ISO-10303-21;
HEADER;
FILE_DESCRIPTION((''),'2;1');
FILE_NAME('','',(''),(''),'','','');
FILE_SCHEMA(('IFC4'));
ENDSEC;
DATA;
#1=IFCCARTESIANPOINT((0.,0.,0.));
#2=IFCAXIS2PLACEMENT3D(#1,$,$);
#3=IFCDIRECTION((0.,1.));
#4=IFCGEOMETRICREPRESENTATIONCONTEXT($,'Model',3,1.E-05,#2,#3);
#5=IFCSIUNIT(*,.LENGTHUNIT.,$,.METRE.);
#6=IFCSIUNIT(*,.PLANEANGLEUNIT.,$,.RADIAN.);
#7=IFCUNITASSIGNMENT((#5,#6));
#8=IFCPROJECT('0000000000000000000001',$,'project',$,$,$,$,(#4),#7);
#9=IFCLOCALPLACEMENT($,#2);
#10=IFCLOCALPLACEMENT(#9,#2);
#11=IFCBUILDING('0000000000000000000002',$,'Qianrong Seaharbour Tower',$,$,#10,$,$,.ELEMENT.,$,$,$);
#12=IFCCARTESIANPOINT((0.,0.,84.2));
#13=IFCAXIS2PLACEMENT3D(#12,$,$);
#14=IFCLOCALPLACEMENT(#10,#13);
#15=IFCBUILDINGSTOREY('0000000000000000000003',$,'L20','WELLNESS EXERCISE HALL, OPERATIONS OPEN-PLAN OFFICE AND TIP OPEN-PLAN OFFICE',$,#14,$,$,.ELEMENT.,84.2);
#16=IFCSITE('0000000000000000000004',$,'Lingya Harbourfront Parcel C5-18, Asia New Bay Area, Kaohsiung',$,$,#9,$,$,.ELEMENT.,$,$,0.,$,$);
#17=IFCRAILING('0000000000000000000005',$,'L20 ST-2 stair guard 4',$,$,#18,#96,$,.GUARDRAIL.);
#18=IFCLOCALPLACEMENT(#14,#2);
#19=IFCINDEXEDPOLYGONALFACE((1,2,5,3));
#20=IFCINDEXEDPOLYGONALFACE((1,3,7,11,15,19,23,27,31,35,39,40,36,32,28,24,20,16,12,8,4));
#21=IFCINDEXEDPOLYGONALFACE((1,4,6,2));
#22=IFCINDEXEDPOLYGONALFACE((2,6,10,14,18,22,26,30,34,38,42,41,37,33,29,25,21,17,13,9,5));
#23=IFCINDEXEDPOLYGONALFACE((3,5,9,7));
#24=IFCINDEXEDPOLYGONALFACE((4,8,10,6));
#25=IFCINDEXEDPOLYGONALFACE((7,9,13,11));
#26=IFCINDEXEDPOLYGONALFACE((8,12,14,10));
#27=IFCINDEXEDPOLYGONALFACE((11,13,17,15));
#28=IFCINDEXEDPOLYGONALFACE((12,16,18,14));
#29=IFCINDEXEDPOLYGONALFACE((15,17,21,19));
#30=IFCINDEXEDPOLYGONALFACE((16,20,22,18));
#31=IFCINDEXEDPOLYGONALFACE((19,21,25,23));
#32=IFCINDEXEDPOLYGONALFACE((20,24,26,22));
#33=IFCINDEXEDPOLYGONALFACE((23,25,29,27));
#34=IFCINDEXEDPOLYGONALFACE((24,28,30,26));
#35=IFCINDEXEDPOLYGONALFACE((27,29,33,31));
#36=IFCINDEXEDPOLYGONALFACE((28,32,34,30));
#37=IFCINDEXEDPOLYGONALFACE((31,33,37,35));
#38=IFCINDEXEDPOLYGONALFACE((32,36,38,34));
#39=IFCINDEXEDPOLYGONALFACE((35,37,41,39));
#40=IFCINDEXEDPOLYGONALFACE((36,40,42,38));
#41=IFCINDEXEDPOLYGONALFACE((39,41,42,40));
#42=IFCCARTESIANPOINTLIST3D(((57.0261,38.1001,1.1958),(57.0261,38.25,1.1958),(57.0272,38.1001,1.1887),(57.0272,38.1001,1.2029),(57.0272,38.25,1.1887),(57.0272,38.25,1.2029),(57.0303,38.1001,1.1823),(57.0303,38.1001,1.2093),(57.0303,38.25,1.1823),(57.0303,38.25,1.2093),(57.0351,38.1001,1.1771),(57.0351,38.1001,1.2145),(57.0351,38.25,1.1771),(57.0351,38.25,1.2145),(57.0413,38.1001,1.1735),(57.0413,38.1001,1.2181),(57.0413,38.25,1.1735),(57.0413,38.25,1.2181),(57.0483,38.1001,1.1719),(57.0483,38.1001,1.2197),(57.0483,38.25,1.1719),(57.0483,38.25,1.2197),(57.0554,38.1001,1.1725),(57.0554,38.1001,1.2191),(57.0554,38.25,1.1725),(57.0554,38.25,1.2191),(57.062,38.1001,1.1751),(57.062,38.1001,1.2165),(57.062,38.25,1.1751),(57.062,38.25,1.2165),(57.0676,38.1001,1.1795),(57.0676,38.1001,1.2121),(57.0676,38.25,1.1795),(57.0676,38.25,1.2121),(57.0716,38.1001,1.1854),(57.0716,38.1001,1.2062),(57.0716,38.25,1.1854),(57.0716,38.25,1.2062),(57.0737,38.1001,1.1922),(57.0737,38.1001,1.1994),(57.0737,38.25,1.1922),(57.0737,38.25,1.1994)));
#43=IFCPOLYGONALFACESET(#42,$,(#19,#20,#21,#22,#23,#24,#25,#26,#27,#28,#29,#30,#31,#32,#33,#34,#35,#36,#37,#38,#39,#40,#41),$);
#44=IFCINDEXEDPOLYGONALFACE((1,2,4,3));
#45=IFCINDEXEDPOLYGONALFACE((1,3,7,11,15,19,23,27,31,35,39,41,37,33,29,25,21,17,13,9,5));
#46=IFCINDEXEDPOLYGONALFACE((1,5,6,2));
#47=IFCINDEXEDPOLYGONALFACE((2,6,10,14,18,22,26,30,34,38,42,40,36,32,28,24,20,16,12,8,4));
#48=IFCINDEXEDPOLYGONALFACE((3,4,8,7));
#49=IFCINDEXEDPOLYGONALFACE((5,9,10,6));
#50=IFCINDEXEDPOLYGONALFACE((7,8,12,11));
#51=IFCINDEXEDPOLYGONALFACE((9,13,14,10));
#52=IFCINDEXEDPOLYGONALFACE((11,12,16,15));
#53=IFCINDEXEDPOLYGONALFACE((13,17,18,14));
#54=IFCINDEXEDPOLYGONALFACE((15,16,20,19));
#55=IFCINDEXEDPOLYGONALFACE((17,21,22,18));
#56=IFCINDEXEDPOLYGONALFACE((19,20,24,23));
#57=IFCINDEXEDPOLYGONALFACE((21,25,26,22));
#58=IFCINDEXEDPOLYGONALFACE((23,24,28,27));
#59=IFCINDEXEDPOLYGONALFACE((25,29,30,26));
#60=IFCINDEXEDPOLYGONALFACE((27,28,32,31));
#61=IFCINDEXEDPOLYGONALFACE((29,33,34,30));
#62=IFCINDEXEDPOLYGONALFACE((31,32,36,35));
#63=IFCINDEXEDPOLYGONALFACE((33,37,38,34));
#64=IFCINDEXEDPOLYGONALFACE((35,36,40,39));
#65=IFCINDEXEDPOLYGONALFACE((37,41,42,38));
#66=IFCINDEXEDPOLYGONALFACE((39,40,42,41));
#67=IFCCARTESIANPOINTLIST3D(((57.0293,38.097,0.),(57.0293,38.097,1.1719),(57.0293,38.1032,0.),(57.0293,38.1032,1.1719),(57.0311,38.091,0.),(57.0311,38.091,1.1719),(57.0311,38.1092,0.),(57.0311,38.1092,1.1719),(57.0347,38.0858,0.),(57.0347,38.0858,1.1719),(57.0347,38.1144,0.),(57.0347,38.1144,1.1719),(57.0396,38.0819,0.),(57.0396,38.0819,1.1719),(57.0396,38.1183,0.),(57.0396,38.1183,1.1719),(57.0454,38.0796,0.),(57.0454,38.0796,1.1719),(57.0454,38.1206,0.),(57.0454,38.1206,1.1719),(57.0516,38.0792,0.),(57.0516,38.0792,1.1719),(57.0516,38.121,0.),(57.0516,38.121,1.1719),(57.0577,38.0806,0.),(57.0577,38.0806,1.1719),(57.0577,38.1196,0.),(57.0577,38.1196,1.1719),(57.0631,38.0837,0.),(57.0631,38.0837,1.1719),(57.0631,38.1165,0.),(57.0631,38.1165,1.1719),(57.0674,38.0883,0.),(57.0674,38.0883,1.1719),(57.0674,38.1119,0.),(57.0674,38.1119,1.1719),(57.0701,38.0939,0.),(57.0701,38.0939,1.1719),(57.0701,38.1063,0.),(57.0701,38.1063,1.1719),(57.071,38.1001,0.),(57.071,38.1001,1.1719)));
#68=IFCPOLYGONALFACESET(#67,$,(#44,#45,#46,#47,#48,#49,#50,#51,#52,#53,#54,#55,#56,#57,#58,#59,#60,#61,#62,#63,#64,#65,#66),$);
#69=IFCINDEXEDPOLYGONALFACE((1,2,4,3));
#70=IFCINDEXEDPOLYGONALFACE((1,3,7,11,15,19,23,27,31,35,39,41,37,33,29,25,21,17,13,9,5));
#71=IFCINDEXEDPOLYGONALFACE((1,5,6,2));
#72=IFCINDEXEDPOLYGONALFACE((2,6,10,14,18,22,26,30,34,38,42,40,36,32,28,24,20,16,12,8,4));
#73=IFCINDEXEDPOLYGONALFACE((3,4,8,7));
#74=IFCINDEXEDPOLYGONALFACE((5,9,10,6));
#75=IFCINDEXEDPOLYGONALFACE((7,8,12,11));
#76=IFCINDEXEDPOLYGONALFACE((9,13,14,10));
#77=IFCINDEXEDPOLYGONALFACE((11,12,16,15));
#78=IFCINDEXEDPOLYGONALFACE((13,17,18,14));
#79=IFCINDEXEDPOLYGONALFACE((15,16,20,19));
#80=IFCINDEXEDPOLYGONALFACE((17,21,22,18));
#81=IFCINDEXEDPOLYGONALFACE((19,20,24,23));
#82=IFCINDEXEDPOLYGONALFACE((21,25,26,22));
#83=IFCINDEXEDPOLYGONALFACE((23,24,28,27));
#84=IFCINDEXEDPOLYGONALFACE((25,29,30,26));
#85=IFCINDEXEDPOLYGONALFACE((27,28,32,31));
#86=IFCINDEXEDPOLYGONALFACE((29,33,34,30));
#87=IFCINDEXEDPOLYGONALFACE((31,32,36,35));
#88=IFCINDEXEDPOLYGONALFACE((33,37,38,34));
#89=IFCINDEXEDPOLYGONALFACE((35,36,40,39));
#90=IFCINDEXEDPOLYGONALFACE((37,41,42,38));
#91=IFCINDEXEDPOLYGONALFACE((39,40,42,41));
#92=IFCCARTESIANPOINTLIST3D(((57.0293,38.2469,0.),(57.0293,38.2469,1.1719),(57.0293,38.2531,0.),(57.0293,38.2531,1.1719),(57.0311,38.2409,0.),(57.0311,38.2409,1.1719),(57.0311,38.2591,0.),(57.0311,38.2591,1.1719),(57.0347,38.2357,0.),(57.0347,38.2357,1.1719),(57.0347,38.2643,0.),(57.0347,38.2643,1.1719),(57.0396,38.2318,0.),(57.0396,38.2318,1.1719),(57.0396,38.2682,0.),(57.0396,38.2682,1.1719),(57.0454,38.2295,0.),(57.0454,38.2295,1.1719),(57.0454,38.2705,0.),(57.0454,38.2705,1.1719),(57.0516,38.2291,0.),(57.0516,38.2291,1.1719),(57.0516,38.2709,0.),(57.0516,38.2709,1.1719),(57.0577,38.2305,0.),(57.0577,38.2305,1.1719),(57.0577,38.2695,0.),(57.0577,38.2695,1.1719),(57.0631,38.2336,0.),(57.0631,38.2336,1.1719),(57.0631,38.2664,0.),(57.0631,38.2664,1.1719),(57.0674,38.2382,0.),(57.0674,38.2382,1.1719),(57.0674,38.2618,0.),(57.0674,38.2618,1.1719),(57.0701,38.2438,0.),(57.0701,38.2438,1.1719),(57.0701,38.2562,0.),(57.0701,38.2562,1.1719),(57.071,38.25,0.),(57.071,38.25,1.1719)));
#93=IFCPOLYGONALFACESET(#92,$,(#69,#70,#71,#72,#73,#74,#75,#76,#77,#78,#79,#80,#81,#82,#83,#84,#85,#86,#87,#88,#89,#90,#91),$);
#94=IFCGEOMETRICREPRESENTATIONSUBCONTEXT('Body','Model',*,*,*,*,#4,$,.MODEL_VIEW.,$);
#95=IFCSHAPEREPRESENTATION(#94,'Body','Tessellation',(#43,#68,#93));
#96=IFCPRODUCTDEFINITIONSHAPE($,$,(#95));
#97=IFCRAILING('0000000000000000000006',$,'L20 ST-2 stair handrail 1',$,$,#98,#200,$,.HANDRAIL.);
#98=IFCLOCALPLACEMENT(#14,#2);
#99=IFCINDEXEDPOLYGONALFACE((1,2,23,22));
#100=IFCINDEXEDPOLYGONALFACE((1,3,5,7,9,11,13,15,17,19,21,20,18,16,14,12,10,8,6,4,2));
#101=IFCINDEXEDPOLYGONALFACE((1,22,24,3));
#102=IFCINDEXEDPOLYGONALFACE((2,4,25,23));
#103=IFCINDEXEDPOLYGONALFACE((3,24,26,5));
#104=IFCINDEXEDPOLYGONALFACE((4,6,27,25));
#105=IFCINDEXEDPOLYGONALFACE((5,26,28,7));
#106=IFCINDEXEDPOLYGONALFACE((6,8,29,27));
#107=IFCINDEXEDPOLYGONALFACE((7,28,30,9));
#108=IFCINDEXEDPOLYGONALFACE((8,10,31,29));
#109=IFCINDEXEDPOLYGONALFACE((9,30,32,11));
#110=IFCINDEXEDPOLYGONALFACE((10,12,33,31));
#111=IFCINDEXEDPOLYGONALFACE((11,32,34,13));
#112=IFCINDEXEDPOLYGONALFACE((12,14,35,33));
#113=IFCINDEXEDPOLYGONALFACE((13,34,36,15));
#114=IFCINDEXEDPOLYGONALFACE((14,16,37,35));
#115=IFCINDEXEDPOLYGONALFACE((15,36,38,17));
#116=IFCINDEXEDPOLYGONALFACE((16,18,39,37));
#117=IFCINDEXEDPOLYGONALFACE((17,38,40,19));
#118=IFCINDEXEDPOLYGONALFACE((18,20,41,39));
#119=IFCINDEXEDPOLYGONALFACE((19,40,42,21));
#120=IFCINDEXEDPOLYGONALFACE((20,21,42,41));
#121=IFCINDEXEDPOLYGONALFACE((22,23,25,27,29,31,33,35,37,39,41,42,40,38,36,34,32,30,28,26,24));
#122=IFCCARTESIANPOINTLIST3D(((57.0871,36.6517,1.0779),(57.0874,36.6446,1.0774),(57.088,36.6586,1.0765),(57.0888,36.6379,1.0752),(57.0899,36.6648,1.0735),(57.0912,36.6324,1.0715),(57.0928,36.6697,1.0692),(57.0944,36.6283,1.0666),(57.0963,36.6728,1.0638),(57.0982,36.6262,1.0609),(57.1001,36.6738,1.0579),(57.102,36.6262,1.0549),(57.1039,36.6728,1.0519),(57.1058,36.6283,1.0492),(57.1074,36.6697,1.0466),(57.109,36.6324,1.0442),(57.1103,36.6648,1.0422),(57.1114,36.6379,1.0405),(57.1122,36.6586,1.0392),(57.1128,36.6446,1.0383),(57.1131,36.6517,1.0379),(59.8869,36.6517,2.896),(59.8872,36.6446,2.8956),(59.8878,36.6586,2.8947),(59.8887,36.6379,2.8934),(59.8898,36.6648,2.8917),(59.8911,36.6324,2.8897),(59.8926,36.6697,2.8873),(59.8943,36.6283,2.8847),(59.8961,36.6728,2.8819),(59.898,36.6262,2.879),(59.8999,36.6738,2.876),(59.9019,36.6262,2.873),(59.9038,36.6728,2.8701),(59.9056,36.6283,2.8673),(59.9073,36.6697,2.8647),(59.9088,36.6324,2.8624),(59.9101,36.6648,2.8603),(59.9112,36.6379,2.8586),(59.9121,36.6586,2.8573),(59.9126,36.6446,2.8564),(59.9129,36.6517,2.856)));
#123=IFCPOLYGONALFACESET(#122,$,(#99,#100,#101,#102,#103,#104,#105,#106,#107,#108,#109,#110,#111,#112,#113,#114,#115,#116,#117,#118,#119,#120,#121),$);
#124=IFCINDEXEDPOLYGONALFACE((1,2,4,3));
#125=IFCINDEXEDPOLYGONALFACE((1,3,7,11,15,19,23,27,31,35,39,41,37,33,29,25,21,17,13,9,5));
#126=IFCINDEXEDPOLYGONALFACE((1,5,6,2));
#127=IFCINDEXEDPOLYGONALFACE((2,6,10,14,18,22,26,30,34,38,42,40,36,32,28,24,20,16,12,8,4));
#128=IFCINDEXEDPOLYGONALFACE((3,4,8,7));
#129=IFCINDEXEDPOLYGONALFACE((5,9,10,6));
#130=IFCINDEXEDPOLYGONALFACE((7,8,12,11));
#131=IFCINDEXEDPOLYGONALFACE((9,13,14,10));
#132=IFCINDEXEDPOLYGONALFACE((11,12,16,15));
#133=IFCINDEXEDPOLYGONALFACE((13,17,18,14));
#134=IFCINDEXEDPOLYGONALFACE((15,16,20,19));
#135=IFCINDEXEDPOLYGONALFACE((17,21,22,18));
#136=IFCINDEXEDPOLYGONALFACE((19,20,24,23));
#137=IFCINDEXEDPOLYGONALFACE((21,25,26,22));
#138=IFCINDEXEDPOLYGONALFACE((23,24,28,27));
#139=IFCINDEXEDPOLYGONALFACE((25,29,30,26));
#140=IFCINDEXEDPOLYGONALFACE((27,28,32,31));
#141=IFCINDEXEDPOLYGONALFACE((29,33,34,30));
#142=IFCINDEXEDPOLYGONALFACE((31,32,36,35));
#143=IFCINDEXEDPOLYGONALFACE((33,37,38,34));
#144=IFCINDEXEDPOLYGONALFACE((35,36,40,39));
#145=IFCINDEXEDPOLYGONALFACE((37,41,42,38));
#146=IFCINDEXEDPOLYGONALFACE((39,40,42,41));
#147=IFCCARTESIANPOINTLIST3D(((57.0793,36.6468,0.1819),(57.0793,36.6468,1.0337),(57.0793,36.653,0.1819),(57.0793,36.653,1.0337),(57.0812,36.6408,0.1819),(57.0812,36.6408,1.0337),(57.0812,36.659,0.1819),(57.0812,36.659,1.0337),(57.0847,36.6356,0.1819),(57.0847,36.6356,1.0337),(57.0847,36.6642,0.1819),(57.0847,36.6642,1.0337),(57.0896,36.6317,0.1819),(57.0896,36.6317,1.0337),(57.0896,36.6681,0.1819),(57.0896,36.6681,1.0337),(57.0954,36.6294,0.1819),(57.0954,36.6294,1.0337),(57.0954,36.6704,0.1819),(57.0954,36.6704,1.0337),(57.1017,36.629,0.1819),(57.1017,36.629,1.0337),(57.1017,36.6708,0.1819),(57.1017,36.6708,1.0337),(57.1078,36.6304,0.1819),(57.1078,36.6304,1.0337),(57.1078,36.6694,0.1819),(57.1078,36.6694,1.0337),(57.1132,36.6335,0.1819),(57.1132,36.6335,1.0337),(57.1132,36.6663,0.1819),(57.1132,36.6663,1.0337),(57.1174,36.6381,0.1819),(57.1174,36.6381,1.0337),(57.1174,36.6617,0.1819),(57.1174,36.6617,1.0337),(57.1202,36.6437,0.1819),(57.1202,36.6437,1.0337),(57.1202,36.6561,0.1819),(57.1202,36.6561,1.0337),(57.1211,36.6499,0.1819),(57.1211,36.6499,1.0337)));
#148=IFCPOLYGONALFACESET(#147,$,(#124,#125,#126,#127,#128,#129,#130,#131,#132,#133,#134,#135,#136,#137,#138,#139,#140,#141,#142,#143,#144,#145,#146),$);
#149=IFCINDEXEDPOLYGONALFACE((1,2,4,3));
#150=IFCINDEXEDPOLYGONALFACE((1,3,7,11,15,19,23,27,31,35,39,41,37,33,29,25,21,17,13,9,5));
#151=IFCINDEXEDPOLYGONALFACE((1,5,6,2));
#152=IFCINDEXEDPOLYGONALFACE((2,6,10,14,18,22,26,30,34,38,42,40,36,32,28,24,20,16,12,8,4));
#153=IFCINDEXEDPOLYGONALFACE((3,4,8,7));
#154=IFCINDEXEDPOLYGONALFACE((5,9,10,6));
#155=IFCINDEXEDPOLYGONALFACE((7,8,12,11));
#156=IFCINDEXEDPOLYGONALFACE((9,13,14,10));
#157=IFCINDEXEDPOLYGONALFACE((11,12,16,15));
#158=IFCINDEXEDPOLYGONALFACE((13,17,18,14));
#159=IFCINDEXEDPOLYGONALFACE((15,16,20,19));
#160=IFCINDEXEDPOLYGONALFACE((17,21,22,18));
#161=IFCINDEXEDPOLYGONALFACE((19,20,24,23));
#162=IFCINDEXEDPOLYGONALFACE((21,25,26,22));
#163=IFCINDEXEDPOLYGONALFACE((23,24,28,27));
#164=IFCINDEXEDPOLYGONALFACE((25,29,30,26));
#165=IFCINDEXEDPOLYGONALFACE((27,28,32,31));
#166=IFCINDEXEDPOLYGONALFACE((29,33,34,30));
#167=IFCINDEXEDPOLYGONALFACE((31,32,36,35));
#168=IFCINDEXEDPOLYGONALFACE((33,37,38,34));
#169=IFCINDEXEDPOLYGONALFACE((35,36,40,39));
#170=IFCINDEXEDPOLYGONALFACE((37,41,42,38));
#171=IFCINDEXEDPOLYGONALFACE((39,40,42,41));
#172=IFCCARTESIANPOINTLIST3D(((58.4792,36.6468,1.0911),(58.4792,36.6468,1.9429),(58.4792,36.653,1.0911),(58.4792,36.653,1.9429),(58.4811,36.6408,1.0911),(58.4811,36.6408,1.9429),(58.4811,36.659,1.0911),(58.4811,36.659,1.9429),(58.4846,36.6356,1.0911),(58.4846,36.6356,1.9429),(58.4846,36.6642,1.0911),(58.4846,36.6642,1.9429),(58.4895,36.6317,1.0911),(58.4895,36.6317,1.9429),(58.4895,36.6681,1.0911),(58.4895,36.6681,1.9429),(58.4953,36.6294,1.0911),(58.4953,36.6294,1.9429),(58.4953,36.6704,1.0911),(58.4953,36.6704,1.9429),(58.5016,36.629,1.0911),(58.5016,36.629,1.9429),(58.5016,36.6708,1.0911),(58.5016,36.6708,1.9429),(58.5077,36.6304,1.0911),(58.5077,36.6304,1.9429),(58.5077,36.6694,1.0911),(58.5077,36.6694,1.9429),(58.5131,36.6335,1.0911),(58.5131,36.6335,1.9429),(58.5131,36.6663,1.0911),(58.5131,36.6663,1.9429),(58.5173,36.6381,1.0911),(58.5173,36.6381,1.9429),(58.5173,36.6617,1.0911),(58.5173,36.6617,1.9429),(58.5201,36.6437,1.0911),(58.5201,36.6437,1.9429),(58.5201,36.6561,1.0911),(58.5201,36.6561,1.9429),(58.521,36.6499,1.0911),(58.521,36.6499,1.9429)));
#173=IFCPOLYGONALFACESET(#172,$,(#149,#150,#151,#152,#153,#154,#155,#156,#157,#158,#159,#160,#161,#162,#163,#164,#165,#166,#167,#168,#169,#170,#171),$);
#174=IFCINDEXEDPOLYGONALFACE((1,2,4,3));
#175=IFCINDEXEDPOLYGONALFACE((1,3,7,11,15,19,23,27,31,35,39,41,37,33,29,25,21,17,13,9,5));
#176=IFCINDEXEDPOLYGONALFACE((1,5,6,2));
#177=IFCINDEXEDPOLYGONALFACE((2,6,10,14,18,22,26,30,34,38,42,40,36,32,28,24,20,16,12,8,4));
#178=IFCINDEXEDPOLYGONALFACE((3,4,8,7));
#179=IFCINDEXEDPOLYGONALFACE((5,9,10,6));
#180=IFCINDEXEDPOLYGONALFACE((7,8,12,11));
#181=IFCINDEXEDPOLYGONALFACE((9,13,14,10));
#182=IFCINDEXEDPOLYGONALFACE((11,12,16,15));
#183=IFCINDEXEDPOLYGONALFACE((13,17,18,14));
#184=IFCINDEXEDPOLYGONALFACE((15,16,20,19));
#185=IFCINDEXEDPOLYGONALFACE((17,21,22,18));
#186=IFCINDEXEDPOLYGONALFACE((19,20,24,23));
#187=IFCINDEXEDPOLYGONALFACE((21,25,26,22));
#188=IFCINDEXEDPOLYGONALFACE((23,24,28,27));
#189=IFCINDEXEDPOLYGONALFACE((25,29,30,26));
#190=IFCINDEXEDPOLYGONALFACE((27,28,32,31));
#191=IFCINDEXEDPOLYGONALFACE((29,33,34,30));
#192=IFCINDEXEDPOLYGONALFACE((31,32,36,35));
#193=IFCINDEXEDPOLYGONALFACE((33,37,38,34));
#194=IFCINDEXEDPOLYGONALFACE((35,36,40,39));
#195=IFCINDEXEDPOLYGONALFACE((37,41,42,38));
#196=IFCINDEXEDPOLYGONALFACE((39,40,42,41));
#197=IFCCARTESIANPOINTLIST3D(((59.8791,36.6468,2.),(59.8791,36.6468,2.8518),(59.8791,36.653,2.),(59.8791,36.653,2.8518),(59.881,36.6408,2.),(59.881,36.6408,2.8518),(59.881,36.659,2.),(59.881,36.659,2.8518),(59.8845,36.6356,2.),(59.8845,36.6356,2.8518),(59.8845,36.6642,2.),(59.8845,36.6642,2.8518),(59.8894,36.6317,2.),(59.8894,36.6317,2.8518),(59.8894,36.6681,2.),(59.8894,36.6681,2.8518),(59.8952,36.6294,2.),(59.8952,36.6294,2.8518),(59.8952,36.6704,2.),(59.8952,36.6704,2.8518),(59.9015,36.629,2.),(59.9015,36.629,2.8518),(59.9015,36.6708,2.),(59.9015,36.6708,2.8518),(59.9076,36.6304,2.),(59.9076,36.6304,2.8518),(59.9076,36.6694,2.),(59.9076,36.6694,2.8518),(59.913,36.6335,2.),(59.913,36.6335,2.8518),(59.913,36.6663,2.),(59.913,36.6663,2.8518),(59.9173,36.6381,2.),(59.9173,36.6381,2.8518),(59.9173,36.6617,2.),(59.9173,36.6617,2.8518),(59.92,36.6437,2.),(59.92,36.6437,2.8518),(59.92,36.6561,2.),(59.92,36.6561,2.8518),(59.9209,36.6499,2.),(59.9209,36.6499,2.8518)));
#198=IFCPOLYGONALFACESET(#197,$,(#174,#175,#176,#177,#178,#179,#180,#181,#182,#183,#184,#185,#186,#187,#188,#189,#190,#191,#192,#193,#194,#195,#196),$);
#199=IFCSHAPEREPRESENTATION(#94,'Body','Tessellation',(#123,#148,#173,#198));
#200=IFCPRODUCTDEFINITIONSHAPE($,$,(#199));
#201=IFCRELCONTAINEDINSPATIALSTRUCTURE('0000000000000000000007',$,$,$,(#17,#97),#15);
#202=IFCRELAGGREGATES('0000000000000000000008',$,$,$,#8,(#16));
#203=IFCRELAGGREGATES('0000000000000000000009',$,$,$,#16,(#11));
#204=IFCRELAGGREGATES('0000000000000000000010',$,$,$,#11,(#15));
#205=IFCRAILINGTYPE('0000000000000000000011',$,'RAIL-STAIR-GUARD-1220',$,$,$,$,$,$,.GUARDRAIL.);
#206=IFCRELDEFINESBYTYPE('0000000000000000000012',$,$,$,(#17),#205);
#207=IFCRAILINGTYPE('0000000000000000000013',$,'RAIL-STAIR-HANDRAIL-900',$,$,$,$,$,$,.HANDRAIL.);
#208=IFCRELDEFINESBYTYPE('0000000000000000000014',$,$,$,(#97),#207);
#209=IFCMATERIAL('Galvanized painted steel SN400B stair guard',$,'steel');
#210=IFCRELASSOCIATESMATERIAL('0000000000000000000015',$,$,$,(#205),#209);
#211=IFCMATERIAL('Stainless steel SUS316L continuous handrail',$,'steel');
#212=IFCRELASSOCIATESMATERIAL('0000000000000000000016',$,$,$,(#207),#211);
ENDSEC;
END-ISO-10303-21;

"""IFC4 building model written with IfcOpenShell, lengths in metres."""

from ifc_helpers import new_model, si_unit, direction, frame, origin, origin_2d, place, context, subcontext, project, spatial, circle, extrude, material, type_object, element, save


model = new_model("IFC4")

# Units and contexts
model_context = context("Model", 3, precision=1e-05, world=origin(), true_north=direction((0.0, 1.0)))
body_context = subcontext(model_context, "Body", "Model", "MODEL_VIEW")
ifc_project = project(units=[si_unit("LENGTHUNIT", "METRE"), si_unit("PLANEANGLEUNIT", "RADIAN")], contexts=[model_context])

# Site, building, storey
site_placement = place(None, origin())
site = spatial("IfcSite", under=ifc_project, at=site_placement, Name="Lingya Harbourfront Parcel C5-18, Asia New Bay Area, Kaohsiung", CompositionType="ELEMENT", RefElevation=0.0)
building_placement = place(site_placement, origin())
building = spatial("IfcBuilding", under=site, at=building_placement, Name="Qianrong Seaharbour Tower", CompositionType="ELEMENT")
storey_placement = place(building_placement, frame((0.0, 0.0, 84.2)))
storey = spatial("IfcBuildingStorey", under=building, at=storey_placement, Name="L20", Description="WELLNESS EXERCISE HALL, OPERATIONS OPEN-PLAN OFFICE AND TIP OPEN-PLAN OFFICE", CompositionType="ELEMENT", Elevation=84.2)

# Railings
ifc_material_1 = material(Name="Galvanized painted steel SN400B stair guard", Category="steel")
railing_type_1 = type_object("IfcRailingType", Name="RAIL-STAIR-GUARD-1220", PredefinedType="GUARDRAIL", material=ifc_material_1)
railing_1_placement = place(storey_placement, frame((57.05, 38.1001, 0.0)))
element("IfcRailing", 1, at=railing_1_placement, inside=storey, type_object=railing_type_1, Name="L20 ST-2 stair guard 4", PredefinedType="GUARDRAIL", context=body_context, shape_type="SweptSolid", body=[
    extrude(circle(Radius=0.0239, at=origin_2d()), frame((0.0, 0.0, 1.1958), z_axis=(0.0, 1.0, 0.0), x_axis=(-1.0, 0.0, 0.0)), (0.0, 0.0, 1.0), 0.1499),
    extrude(circle(Radius=0.021, at=origin_2d()), origin(), (0.0, 0.0, 1.0), 1.1719),
    extrude(circle(Radius=0.021, at=origin_2d()), frame((0.0, 0.1499, 0.0)), (0.0, 0.0, 1.0), 1.1719),
])
ifc_material_2 = material(Name="Stainless steel SUS316L continuous handrail", Category="steel")
railing_type_2 = type_object("IfcRailingType", Name="RAIL-STAIR-HANDRAIL-900", PredefinedType="HANDRAIL", material=ifc_material_2)
railing_2_placement = place(storey_placement, frame((57.1001, 36.6499, 0.1819)))
element("IfcRailing", 2, at=railing_2_placement, inside=storey, type_object=railing_type_2, Name="L20 ST-2 stair handrail 1", PredefinedType="HANDRAIL", context=body_context, shape_type="SweptSolid", body=[
    extrude(circle(Radius=0.0239, at=origin_2d()), frame((0.0, 0.0, 0.876), z_axis=(0.838684, 0.0, 0.544618), x_axis=(0.0, 1.0, 0.0)), (0.0, 0.0, 1.0), 3.3384),
    extrude(circle(Radius=0.021, at=origin_2d()), origin(), (0.0, 0.0, 1.0), 0.8518),
    extrude(circle(Radius=0.021, at=origin_2d()), frame((1.3999, 0.0, 0.9092)), (0.0, 0.0, 1.0), 0.8518),
    extrude(circle(Radius=0.021, at=origin_2d()), frame((2.7998, 0.0, 1.8181)), (0.0, 0.0, 1.0), 0.8518),
])

save(model, "model.ifc")
